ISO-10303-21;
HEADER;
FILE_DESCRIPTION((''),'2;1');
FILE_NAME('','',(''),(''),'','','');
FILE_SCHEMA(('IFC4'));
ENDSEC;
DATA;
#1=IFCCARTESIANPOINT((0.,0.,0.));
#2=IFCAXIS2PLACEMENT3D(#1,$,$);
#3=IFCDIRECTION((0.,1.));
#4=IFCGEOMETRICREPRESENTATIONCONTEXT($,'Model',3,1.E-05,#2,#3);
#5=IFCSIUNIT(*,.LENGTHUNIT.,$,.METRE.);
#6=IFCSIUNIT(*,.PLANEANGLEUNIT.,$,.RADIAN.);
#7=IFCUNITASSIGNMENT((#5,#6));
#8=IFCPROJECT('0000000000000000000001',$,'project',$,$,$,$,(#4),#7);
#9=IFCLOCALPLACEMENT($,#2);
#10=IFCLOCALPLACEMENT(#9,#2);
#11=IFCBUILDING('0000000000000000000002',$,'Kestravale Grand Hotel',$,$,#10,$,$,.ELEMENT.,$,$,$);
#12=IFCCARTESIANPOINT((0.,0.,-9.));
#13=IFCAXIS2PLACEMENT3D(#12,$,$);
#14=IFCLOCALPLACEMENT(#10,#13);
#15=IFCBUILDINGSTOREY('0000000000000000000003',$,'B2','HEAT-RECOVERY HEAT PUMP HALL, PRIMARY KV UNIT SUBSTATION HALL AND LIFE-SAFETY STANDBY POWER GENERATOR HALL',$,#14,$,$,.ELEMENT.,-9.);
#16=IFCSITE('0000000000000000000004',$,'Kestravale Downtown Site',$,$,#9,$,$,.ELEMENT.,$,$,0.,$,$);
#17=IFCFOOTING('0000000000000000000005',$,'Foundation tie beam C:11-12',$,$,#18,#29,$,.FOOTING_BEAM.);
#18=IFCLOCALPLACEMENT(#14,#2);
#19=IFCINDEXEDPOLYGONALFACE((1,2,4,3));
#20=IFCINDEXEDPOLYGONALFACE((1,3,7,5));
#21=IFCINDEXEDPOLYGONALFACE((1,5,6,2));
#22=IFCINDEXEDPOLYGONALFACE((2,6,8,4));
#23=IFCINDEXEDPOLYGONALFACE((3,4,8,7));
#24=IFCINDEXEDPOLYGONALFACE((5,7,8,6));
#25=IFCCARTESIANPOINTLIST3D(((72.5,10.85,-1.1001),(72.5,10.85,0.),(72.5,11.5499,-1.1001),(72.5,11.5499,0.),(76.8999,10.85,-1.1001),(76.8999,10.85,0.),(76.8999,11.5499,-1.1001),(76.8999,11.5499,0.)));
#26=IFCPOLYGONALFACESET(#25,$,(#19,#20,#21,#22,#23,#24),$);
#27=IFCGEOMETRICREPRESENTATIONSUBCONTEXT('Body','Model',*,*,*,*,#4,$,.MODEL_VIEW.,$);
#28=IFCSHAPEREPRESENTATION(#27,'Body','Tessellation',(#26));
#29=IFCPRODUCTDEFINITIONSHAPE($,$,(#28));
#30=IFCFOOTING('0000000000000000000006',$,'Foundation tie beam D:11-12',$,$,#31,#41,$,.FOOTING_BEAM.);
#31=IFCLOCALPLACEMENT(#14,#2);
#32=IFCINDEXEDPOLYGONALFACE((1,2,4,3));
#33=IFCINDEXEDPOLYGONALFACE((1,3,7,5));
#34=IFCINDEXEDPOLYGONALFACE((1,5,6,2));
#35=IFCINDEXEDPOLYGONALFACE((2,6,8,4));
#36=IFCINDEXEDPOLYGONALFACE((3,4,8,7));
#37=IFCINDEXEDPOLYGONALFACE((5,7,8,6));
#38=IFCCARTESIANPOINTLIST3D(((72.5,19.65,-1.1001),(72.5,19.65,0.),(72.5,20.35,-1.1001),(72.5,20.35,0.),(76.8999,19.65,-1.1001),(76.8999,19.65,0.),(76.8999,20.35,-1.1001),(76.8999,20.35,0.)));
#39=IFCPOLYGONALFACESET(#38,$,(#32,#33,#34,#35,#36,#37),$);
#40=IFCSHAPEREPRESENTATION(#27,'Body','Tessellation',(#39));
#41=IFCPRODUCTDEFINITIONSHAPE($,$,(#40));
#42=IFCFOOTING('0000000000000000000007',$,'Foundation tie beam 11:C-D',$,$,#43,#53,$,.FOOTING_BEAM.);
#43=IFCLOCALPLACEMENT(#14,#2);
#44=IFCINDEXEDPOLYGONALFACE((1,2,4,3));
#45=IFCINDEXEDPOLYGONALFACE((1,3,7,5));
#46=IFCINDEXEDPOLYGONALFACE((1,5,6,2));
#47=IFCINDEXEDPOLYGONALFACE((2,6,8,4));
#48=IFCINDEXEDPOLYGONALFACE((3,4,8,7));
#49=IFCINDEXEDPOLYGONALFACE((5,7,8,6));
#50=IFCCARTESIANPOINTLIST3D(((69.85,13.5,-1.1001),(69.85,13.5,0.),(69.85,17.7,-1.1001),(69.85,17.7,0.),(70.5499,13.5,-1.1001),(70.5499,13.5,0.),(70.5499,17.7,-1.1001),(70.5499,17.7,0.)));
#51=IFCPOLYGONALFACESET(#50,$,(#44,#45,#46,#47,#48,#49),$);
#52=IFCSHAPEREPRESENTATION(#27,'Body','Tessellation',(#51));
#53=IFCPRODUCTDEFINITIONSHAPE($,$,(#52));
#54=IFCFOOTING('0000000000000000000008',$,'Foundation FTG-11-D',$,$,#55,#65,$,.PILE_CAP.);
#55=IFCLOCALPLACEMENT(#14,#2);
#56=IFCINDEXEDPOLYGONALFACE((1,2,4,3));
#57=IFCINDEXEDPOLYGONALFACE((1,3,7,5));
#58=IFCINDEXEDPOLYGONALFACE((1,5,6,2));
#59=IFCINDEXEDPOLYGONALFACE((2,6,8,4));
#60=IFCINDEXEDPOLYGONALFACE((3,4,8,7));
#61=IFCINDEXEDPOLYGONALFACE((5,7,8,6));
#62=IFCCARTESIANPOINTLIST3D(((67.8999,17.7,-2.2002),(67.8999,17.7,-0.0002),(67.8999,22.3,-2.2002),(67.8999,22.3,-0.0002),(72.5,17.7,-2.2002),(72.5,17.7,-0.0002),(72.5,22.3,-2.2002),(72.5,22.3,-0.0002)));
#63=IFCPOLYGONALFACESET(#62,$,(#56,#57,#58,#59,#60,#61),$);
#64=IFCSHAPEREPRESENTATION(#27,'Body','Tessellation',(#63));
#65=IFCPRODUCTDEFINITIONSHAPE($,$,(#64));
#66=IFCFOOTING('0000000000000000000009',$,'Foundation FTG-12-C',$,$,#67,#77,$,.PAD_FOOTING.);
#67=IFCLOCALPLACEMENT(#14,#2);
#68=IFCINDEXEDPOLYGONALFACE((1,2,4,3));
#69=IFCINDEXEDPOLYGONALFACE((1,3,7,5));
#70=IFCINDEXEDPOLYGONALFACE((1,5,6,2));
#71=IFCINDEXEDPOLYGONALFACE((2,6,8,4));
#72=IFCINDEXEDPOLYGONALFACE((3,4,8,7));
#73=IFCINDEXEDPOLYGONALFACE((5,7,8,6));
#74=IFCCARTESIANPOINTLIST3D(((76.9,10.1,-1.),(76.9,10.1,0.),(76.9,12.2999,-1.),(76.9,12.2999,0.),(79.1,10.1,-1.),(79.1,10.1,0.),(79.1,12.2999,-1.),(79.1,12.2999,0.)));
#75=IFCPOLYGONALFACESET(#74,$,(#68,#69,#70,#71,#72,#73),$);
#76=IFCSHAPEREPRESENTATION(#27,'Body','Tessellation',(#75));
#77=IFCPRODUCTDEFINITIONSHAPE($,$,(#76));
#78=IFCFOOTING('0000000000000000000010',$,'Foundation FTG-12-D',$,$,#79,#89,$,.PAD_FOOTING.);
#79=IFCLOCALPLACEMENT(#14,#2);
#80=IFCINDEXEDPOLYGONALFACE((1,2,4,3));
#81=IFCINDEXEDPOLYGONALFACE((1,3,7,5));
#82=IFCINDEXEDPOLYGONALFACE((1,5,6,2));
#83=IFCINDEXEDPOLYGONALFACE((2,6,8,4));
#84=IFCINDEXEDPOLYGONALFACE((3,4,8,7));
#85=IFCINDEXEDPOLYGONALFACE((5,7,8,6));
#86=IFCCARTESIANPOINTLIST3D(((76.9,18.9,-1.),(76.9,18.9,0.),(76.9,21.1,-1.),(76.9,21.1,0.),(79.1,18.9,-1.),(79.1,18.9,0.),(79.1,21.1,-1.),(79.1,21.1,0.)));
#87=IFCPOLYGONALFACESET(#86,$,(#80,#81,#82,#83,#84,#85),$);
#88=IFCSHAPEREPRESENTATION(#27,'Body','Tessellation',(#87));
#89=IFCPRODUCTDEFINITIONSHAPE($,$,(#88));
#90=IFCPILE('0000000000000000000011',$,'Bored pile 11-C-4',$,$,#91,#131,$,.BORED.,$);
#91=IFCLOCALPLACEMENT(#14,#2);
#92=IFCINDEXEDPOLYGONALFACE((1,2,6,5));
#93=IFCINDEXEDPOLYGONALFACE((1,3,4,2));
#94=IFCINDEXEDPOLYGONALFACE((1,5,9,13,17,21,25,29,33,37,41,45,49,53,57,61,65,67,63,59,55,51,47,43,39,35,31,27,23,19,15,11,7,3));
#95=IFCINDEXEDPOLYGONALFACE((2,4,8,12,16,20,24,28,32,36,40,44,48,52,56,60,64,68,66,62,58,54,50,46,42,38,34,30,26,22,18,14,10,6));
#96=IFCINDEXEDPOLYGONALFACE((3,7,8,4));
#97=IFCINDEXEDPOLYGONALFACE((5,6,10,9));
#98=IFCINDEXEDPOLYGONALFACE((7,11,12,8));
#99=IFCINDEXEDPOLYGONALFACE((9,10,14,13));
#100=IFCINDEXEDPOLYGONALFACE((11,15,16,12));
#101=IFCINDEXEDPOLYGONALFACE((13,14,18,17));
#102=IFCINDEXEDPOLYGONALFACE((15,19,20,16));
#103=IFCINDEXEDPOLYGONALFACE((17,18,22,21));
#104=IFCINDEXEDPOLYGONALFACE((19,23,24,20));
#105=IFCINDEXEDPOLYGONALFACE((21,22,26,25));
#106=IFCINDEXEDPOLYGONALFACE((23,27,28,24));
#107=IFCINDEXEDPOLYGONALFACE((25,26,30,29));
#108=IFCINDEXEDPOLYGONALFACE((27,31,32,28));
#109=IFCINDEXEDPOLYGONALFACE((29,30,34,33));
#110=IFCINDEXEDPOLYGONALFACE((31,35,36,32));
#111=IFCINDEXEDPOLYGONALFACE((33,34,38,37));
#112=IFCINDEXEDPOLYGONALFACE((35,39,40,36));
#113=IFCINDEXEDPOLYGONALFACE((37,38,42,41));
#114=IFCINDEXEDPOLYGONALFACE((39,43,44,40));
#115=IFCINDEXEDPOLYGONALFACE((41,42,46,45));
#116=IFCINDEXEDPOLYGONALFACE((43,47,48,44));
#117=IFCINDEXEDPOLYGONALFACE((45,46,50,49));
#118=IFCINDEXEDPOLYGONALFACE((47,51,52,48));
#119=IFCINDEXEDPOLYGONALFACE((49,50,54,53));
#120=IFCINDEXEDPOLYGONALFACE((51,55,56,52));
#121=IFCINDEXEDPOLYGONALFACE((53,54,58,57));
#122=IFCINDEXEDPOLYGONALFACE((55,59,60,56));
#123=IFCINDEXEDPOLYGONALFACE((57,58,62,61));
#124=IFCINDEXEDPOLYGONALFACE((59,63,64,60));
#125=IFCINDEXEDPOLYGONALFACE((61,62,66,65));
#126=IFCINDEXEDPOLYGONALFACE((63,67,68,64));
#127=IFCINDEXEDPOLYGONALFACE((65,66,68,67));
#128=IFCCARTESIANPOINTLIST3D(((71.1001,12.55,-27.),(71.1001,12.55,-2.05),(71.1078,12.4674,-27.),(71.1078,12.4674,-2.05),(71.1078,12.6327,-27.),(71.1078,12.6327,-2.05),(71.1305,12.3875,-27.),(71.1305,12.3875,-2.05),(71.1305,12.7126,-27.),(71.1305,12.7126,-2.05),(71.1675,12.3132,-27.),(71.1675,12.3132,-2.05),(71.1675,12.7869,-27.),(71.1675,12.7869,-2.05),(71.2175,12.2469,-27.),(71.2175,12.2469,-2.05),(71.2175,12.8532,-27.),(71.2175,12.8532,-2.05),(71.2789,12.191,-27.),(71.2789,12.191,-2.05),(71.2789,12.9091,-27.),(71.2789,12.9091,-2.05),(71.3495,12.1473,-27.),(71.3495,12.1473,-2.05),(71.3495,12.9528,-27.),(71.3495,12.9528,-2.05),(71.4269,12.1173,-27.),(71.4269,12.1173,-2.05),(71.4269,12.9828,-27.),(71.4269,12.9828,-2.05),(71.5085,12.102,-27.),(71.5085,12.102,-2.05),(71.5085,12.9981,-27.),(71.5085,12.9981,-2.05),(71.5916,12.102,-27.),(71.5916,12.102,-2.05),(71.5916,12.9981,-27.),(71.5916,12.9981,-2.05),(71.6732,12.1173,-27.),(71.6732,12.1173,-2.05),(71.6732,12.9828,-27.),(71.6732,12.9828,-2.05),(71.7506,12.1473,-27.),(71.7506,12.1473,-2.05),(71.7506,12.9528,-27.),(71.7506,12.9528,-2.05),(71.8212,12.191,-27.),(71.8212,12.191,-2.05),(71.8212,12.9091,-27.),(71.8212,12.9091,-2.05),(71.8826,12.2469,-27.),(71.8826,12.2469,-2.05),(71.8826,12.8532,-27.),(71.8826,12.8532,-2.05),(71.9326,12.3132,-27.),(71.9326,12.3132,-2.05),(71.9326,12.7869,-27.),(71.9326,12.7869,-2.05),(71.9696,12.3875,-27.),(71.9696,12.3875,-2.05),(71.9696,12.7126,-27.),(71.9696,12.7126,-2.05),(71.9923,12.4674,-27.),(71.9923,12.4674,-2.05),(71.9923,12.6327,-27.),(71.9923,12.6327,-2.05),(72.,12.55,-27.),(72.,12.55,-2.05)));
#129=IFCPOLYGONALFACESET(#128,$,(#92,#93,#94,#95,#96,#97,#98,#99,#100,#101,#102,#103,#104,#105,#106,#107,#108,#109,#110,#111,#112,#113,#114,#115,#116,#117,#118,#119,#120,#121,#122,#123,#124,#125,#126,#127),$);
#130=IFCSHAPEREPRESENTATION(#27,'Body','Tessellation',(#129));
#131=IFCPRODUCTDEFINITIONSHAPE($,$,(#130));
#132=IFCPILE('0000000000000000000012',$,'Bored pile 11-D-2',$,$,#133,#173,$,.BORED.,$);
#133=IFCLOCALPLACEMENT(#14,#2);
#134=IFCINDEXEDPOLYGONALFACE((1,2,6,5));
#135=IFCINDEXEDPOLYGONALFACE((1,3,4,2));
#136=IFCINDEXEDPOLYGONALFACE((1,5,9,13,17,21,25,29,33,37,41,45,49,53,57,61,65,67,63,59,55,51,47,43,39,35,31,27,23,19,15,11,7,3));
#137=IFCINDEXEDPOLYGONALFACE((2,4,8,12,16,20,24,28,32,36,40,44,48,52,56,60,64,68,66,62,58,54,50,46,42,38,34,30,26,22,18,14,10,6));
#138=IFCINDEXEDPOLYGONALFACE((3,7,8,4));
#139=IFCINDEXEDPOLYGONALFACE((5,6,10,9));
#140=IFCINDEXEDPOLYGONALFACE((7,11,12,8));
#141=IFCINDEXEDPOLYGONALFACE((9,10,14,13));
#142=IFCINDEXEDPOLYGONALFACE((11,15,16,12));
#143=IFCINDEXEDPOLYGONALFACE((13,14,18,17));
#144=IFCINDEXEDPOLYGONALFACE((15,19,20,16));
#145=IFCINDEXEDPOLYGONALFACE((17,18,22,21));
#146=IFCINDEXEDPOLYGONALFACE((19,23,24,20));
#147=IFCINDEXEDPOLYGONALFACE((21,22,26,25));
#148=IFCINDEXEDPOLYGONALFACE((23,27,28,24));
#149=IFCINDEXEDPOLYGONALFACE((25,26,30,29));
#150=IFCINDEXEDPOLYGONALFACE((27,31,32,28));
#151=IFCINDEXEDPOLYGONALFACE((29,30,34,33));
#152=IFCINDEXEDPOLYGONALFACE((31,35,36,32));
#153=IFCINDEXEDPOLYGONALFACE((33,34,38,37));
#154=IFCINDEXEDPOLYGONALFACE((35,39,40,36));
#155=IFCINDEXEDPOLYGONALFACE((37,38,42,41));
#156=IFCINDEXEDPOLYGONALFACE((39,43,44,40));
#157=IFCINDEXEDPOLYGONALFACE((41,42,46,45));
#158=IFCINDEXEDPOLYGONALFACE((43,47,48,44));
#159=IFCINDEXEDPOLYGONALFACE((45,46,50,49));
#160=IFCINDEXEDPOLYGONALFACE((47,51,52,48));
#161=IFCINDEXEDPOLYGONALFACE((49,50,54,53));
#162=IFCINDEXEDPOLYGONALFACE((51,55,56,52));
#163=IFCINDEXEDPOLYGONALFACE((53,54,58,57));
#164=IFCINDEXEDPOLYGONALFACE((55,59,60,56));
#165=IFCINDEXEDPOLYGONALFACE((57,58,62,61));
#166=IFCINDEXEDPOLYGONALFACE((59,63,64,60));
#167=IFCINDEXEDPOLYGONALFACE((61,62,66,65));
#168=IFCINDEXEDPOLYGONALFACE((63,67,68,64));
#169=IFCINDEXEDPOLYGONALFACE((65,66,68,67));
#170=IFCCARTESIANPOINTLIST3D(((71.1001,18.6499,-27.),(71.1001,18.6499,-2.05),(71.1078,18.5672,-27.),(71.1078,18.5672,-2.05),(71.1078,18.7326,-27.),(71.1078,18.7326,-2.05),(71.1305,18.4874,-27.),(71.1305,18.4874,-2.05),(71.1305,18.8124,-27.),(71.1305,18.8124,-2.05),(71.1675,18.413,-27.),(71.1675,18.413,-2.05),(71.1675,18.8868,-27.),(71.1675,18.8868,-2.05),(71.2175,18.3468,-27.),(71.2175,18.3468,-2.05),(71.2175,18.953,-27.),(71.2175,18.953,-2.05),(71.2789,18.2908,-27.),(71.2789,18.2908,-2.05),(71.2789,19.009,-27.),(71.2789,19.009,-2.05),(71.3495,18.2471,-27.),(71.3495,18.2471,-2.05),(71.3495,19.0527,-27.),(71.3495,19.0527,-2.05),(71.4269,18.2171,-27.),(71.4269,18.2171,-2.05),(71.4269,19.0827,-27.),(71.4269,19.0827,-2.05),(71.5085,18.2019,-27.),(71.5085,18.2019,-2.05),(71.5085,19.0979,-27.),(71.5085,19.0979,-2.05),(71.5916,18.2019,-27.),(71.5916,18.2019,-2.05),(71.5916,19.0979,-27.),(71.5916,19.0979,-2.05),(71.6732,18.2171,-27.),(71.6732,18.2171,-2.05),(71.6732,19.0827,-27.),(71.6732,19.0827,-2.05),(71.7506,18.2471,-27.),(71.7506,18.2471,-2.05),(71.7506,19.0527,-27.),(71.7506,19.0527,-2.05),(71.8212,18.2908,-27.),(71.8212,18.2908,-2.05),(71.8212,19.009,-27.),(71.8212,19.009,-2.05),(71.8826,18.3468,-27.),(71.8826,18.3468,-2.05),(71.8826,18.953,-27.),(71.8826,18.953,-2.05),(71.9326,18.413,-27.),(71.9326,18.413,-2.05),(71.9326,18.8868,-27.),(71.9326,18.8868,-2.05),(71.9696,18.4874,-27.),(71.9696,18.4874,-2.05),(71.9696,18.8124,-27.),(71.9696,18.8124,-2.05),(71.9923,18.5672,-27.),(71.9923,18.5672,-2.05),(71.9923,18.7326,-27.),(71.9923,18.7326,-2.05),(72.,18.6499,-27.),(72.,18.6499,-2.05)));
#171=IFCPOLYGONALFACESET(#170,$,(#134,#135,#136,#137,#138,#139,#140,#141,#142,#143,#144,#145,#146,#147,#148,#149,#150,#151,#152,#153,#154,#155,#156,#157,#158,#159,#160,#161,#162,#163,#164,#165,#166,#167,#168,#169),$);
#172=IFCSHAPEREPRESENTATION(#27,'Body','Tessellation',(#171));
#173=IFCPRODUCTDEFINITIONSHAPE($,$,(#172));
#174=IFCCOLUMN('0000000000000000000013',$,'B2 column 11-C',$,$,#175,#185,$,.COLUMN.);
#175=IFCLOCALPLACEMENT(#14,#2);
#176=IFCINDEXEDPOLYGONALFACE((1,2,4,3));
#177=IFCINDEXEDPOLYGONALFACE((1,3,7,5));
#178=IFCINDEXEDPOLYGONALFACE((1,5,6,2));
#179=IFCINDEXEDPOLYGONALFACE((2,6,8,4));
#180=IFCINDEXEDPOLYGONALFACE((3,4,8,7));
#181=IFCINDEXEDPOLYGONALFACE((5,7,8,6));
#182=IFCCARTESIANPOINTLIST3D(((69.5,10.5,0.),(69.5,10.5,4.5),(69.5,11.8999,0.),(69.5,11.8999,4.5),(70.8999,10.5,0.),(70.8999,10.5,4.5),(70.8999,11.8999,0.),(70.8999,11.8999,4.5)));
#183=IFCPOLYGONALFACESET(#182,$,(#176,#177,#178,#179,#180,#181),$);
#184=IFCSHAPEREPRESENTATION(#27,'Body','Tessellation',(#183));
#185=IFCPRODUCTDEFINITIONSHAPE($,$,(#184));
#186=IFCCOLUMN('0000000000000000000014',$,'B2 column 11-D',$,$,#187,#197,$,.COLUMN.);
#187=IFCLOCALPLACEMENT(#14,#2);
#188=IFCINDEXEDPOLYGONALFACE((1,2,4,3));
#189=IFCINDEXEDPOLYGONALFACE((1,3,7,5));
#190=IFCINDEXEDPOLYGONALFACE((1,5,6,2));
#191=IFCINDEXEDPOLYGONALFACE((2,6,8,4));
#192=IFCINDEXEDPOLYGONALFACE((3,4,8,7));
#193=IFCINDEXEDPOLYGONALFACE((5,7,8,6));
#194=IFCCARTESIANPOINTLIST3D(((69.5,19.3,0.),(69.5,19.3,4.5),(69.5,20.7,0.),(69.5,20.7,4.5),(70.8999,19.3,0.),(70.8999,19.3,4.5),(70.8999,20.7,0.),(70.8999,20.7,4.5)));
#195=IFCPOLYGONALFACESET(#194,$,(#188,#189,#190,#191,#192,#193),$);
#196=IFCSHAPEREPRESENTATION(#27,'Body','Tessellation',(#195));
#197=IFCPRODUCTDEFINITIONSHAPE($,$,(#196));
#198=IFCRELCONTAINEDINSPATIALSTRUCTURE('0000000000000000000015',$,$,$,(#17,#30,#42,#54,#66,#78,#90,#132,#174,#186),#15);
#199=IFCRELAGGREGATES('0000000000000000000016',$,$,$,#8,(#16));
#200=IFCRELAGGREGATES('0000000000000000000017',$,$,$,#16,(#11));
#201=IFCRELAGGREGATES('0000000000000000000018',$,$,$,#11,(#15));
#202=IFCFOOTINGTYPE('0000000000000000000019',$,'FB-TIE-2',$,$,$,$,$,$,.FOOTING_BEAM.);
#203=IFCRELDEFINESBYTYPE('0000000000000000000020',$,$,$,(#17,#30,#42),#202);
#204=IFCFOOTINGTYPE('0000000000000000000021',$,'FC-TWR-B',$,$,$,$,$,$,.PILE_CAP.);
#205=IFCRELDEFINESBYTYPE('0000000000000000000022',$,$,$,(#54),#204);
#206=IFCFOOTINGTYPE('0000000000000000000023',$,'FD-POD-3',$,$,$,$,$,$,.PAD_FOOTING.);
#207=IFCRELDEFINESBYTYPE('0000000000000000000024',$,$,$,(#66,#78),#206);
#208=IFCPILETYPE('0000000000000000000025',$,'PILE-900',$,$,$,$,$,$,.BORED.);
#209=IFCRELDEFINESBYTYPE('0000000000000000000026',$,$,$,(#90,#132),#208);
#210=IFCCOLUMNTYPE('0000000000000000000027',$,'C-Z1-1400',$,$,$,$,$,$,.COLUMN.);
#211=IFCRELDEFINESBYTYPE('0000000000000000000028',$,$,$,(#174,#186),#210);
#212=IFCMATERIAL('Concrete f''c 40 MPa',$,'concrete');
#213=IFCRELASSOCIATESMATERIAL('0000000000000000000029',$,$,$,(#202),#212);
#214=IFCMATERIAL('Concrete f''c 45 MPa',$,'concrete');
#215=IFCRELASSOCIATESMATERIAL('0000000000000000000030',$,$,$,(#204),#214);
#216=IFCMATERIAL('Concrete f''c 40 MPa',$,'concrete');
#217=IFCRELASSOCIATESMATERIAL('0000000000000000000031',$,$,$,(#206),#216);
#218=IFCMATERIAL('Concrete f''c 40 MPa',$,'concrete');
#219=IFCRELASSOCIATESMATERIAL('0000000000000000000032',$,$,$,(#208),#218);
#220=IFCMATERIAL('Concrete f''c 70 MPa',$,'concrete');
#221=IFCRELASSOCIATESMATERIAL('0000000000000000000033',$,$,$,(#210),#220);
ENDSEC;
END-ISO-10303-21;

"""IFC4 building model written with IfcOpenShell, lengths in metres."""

from ifc_helpers import new_model, si_unit, direction, frame, origin, origin_2d, place, context, subcontext, project, spatial, rectangle, circle, extrude, material, material_profile, profile_set, type_object, element, save


model = new_model("IFC4")

# Units and contexts
model_context = context("Model", 3, precision=1e-05, world=origin(), true_north=direction((0.0, 1.0)))
body_context = subcontext(model_context, "Body", "Model", "MODEL_VIEW")
ifc_project = project(units=[si_unit("LENGTHUNIT", "METRE"), si_unit("PLANEANGLEUNIT", "RADIAN")], contexts=[model_context])

# Site, building, storey
site_placement = place(None, origin())
site = spatial("IfcSite", under=ifc_project, at=site_placement, Name="Kestravale Downtown Site", CompositionType="ELEMENT", RefElevation=0.0)
building_placement = place(site_placement, origin())
building = spatial("IfcBuilding", under=site, at=building_placement, Name="Kestravale Grand Hotel", CompositionType="ELEMENT")
storey_placement = place(building_placement, frame((0.0, 0.0, -9.0)))
storey = spatial("IfcBuildingStorey", under=building, at=storey_placement, Name="B2", Description="HEAT-RECOVERY HEAT PUMP HALL, PRIMARY KV UNIT SUBSTATION HALL AND LIFE-SAFETY STANDBY POWER GENERATOR HALL", CompositionType="ELEMENT", Elevation=-9.0)

# Footings
ifc_material_1 = material(Name="Concrete f'c 40 MPa", Category="concrete")
ifc_material_profile_1 = material_profile(ifc_material_1, rectangle(XDim=0.7, YDim=1.1001, at=origin_2d()))
ifc_profile_set_1 = profile_set([ifc_material_profile_1], Name="Concrete f'c 40 MPa")
footing_type_1 = type_object("IfcFootingType", Name="FB-TIE-2", PredefinedType="FOOTING_BEAM", material=ifc_profile_set_1)
for number, where, z_axis, x_axis, name in (
    (1, (72.5, 11.2, -0.55), (1.0, 0.0, 0.0), (0.0, 1.0, 0.0), "Foundation tie beam C:11-12"),
    (2, (72.5, 20.0, -0.55), (1.0, 0.0, 0.0), (0.0, 1.0, 0.0), "Foundation tie beam D:11-12"),
):
    element("IfcFooting", number, at=place(storey_placement, frame(where, z_axis=z_axis, x_axis=x_axis)), inside=storey, type_object=footing_type_1, Name=name, PredefinedType="FOOTING_BEAM", context=body_context, shape_type="SweptSolid", body=[
        extrude(rectangle(XDim=0.7, YDim=1.1001, at=origin_2d()), origin(), (0.0, 0.0, 1.0), 4.3999),
    ])
footing_1_placement = place(storey_placement, frame((70.2, 13.5, -0.55), z_axis=(0.0, 1.0, 0.0), x_axis=(-1.0, 0.0, 0.0)))
element("IfcFooting", 3, at=footing_1_placement, inside=storey, type_object=footing_type_1, Name="Foundation tie beam 11:C-D", PredefinedType="FOOTING_BEAM", context=body_context, shape_type="SweptSolid", body=[
    extrude(rectangle(XDim=0.7, YDim=1.1001, at=origin_2d()), origin(), (0.0, 0.0, 1.0), 4.2),
])
ifc_material_2 = material(Name="Concrete f'c 45 MPa", Category="concrete")
footing_type_2 = type_object("IfcFootingType", Name="FC-TWR-B", PredefinedType="PILE_CAP", material=ifc_material_2)
footing_2_placement = place(storey_placement, frame((70.2, 20.0, -2.2002), z_axis=(0.0, 0.0, 1.0), x_axis=(1.0, 0.0, 0.0)))
element("IfcFooting", 4, at=footing_2_placement, inside=storey, type_object=footing_type_2, Name="Foundation FTG-11-D", PredefinedType="PILE_CAP", context=body_context, shape_type="SweptSolid", body=[
    extrude(rectangle(XDim=4.6001, YDim=4.6001, at=origin_2d()), origin(), (0.0, 0.0, 1.0), 2.2),
])
ifc_material_3 = material(Name="Concrete f'c 40 MPa", Category="concrete")
footing_type_3 = type_object("IfcFootingType", Name="FD-POD-3", PredefinedType="PAD_FOOTING", material=ifc_material_3)
for number, where, z_axis, x_axis, name in (
    (5, (78.0, 11.2, -1.0), (0.0, 0.0, 1.0), (1.0, 0.0, 0.0), "Foundation FTG-12-C"),
    (6, (78.0, 20.0, -1.0), (0.0, 0.0, 1.0), (1.0, 0.0, 0.0), "Foundation FTG-12-D"),
):
    element("IfcFooting", number, at=place(storey_placement, frame(where, z_axis=z_axis, x_axis=x_axis)), inside=storey, type_object=footing_type_3, Name=name, PredefinedType="PAD_FOOTING", context=body_context, shape_type="SweptSolid", body=[
        extrude(rectangle(XDim=2.2, YDim=2.2, at=origin_2d()), origin(), (0.0, 0.0, 1.0), 1.0),
    ])

# Piles
ifc_material_4 = material(Name="Concrete f'c 40 MPa", Category="concrete")
ifc_material_profile_2 = material_profile(ifc_material_4, circle(Radius=0.45, at=origin_2d()))
ifc_profile_set_2 = profile_set([ifc_material_profile_2], Name="Concrete f'c 40 MPa")
pile_type = type_object("IfcPileType", Name="PILE-900", PredefinedType="BORED", material=ifc_profile_set_2)
for number, where, z_axis, x_axis, name in (
    (7, (71.55, 12.55, -2.05), (0.0, 0.0, -1.0), (1.0, 0.0, 0.0), "Bored pile 11-C-4"),
    (8, (71.55, 18.6499, -2.05), (0.0, 0.0, -1.0), (1.0, 0.0, 0.0), "Bored pile 11-D-2"),
):
    element("IfcPile", number, at=place(storey_placement, frame(where, z_axis=z_axis, x_axis=x_axis)), inside=storey, type_object=pile_type, Name=name, PredefinedType="BORED", context=body_context, shape_type="SweptSolid", body=[
        extrude(circle(Radius=0.45, at=origin_2d()), origin(), (0.0, 0.0, 1.0), 24.95),
    ])

# Columns
ifc_material_5 = material(Name="Concrete f'c 70 MPa", Category="concrete")
ifc_material_profile_3 = material_profile(ifc_material_5, rectangle(XDim=1.3999, YDim=1.3999, at=origin_2d()))
ifc_profile_set_3 = profile_set([ifc_material_profile_3], Name="Concrete f'c 70 MPa")
column_type = type_object("IfcColumnType", Name="C-Z1-1400", PredefinedType="COLUMN", material=ifc_profile_set_3)
for number, where, z_axis, x_axis, name in (
    (9, (70.2, 11.2, 0.0), (0.0, 0.0, 1.0), (1.0, 0.0, 0.0), "B2 column 11-C"),
    (10, (70.2, 20.0, 0.0), (0.0, 0.0, 1.0), (1.0, 0.0, 0.0), "B2 column 11-D"),
):
    element("IfcColumn", number, at=place(storey_placement, frame(where, z_axis=z_axis, x_axis=x_axis)), inside=storey, type_object=column_type, Name=name, PredefinedType="COLUMN", context=body_context, shape_type="SweptSolid", body=[
        extrude(rectangle(XDim=1.3999, YDim=1.3999, at=origin_2d()), origin(), (0.0, 0.0, 1.0), 4.5),
    ])

save(model, "model.ifc")
